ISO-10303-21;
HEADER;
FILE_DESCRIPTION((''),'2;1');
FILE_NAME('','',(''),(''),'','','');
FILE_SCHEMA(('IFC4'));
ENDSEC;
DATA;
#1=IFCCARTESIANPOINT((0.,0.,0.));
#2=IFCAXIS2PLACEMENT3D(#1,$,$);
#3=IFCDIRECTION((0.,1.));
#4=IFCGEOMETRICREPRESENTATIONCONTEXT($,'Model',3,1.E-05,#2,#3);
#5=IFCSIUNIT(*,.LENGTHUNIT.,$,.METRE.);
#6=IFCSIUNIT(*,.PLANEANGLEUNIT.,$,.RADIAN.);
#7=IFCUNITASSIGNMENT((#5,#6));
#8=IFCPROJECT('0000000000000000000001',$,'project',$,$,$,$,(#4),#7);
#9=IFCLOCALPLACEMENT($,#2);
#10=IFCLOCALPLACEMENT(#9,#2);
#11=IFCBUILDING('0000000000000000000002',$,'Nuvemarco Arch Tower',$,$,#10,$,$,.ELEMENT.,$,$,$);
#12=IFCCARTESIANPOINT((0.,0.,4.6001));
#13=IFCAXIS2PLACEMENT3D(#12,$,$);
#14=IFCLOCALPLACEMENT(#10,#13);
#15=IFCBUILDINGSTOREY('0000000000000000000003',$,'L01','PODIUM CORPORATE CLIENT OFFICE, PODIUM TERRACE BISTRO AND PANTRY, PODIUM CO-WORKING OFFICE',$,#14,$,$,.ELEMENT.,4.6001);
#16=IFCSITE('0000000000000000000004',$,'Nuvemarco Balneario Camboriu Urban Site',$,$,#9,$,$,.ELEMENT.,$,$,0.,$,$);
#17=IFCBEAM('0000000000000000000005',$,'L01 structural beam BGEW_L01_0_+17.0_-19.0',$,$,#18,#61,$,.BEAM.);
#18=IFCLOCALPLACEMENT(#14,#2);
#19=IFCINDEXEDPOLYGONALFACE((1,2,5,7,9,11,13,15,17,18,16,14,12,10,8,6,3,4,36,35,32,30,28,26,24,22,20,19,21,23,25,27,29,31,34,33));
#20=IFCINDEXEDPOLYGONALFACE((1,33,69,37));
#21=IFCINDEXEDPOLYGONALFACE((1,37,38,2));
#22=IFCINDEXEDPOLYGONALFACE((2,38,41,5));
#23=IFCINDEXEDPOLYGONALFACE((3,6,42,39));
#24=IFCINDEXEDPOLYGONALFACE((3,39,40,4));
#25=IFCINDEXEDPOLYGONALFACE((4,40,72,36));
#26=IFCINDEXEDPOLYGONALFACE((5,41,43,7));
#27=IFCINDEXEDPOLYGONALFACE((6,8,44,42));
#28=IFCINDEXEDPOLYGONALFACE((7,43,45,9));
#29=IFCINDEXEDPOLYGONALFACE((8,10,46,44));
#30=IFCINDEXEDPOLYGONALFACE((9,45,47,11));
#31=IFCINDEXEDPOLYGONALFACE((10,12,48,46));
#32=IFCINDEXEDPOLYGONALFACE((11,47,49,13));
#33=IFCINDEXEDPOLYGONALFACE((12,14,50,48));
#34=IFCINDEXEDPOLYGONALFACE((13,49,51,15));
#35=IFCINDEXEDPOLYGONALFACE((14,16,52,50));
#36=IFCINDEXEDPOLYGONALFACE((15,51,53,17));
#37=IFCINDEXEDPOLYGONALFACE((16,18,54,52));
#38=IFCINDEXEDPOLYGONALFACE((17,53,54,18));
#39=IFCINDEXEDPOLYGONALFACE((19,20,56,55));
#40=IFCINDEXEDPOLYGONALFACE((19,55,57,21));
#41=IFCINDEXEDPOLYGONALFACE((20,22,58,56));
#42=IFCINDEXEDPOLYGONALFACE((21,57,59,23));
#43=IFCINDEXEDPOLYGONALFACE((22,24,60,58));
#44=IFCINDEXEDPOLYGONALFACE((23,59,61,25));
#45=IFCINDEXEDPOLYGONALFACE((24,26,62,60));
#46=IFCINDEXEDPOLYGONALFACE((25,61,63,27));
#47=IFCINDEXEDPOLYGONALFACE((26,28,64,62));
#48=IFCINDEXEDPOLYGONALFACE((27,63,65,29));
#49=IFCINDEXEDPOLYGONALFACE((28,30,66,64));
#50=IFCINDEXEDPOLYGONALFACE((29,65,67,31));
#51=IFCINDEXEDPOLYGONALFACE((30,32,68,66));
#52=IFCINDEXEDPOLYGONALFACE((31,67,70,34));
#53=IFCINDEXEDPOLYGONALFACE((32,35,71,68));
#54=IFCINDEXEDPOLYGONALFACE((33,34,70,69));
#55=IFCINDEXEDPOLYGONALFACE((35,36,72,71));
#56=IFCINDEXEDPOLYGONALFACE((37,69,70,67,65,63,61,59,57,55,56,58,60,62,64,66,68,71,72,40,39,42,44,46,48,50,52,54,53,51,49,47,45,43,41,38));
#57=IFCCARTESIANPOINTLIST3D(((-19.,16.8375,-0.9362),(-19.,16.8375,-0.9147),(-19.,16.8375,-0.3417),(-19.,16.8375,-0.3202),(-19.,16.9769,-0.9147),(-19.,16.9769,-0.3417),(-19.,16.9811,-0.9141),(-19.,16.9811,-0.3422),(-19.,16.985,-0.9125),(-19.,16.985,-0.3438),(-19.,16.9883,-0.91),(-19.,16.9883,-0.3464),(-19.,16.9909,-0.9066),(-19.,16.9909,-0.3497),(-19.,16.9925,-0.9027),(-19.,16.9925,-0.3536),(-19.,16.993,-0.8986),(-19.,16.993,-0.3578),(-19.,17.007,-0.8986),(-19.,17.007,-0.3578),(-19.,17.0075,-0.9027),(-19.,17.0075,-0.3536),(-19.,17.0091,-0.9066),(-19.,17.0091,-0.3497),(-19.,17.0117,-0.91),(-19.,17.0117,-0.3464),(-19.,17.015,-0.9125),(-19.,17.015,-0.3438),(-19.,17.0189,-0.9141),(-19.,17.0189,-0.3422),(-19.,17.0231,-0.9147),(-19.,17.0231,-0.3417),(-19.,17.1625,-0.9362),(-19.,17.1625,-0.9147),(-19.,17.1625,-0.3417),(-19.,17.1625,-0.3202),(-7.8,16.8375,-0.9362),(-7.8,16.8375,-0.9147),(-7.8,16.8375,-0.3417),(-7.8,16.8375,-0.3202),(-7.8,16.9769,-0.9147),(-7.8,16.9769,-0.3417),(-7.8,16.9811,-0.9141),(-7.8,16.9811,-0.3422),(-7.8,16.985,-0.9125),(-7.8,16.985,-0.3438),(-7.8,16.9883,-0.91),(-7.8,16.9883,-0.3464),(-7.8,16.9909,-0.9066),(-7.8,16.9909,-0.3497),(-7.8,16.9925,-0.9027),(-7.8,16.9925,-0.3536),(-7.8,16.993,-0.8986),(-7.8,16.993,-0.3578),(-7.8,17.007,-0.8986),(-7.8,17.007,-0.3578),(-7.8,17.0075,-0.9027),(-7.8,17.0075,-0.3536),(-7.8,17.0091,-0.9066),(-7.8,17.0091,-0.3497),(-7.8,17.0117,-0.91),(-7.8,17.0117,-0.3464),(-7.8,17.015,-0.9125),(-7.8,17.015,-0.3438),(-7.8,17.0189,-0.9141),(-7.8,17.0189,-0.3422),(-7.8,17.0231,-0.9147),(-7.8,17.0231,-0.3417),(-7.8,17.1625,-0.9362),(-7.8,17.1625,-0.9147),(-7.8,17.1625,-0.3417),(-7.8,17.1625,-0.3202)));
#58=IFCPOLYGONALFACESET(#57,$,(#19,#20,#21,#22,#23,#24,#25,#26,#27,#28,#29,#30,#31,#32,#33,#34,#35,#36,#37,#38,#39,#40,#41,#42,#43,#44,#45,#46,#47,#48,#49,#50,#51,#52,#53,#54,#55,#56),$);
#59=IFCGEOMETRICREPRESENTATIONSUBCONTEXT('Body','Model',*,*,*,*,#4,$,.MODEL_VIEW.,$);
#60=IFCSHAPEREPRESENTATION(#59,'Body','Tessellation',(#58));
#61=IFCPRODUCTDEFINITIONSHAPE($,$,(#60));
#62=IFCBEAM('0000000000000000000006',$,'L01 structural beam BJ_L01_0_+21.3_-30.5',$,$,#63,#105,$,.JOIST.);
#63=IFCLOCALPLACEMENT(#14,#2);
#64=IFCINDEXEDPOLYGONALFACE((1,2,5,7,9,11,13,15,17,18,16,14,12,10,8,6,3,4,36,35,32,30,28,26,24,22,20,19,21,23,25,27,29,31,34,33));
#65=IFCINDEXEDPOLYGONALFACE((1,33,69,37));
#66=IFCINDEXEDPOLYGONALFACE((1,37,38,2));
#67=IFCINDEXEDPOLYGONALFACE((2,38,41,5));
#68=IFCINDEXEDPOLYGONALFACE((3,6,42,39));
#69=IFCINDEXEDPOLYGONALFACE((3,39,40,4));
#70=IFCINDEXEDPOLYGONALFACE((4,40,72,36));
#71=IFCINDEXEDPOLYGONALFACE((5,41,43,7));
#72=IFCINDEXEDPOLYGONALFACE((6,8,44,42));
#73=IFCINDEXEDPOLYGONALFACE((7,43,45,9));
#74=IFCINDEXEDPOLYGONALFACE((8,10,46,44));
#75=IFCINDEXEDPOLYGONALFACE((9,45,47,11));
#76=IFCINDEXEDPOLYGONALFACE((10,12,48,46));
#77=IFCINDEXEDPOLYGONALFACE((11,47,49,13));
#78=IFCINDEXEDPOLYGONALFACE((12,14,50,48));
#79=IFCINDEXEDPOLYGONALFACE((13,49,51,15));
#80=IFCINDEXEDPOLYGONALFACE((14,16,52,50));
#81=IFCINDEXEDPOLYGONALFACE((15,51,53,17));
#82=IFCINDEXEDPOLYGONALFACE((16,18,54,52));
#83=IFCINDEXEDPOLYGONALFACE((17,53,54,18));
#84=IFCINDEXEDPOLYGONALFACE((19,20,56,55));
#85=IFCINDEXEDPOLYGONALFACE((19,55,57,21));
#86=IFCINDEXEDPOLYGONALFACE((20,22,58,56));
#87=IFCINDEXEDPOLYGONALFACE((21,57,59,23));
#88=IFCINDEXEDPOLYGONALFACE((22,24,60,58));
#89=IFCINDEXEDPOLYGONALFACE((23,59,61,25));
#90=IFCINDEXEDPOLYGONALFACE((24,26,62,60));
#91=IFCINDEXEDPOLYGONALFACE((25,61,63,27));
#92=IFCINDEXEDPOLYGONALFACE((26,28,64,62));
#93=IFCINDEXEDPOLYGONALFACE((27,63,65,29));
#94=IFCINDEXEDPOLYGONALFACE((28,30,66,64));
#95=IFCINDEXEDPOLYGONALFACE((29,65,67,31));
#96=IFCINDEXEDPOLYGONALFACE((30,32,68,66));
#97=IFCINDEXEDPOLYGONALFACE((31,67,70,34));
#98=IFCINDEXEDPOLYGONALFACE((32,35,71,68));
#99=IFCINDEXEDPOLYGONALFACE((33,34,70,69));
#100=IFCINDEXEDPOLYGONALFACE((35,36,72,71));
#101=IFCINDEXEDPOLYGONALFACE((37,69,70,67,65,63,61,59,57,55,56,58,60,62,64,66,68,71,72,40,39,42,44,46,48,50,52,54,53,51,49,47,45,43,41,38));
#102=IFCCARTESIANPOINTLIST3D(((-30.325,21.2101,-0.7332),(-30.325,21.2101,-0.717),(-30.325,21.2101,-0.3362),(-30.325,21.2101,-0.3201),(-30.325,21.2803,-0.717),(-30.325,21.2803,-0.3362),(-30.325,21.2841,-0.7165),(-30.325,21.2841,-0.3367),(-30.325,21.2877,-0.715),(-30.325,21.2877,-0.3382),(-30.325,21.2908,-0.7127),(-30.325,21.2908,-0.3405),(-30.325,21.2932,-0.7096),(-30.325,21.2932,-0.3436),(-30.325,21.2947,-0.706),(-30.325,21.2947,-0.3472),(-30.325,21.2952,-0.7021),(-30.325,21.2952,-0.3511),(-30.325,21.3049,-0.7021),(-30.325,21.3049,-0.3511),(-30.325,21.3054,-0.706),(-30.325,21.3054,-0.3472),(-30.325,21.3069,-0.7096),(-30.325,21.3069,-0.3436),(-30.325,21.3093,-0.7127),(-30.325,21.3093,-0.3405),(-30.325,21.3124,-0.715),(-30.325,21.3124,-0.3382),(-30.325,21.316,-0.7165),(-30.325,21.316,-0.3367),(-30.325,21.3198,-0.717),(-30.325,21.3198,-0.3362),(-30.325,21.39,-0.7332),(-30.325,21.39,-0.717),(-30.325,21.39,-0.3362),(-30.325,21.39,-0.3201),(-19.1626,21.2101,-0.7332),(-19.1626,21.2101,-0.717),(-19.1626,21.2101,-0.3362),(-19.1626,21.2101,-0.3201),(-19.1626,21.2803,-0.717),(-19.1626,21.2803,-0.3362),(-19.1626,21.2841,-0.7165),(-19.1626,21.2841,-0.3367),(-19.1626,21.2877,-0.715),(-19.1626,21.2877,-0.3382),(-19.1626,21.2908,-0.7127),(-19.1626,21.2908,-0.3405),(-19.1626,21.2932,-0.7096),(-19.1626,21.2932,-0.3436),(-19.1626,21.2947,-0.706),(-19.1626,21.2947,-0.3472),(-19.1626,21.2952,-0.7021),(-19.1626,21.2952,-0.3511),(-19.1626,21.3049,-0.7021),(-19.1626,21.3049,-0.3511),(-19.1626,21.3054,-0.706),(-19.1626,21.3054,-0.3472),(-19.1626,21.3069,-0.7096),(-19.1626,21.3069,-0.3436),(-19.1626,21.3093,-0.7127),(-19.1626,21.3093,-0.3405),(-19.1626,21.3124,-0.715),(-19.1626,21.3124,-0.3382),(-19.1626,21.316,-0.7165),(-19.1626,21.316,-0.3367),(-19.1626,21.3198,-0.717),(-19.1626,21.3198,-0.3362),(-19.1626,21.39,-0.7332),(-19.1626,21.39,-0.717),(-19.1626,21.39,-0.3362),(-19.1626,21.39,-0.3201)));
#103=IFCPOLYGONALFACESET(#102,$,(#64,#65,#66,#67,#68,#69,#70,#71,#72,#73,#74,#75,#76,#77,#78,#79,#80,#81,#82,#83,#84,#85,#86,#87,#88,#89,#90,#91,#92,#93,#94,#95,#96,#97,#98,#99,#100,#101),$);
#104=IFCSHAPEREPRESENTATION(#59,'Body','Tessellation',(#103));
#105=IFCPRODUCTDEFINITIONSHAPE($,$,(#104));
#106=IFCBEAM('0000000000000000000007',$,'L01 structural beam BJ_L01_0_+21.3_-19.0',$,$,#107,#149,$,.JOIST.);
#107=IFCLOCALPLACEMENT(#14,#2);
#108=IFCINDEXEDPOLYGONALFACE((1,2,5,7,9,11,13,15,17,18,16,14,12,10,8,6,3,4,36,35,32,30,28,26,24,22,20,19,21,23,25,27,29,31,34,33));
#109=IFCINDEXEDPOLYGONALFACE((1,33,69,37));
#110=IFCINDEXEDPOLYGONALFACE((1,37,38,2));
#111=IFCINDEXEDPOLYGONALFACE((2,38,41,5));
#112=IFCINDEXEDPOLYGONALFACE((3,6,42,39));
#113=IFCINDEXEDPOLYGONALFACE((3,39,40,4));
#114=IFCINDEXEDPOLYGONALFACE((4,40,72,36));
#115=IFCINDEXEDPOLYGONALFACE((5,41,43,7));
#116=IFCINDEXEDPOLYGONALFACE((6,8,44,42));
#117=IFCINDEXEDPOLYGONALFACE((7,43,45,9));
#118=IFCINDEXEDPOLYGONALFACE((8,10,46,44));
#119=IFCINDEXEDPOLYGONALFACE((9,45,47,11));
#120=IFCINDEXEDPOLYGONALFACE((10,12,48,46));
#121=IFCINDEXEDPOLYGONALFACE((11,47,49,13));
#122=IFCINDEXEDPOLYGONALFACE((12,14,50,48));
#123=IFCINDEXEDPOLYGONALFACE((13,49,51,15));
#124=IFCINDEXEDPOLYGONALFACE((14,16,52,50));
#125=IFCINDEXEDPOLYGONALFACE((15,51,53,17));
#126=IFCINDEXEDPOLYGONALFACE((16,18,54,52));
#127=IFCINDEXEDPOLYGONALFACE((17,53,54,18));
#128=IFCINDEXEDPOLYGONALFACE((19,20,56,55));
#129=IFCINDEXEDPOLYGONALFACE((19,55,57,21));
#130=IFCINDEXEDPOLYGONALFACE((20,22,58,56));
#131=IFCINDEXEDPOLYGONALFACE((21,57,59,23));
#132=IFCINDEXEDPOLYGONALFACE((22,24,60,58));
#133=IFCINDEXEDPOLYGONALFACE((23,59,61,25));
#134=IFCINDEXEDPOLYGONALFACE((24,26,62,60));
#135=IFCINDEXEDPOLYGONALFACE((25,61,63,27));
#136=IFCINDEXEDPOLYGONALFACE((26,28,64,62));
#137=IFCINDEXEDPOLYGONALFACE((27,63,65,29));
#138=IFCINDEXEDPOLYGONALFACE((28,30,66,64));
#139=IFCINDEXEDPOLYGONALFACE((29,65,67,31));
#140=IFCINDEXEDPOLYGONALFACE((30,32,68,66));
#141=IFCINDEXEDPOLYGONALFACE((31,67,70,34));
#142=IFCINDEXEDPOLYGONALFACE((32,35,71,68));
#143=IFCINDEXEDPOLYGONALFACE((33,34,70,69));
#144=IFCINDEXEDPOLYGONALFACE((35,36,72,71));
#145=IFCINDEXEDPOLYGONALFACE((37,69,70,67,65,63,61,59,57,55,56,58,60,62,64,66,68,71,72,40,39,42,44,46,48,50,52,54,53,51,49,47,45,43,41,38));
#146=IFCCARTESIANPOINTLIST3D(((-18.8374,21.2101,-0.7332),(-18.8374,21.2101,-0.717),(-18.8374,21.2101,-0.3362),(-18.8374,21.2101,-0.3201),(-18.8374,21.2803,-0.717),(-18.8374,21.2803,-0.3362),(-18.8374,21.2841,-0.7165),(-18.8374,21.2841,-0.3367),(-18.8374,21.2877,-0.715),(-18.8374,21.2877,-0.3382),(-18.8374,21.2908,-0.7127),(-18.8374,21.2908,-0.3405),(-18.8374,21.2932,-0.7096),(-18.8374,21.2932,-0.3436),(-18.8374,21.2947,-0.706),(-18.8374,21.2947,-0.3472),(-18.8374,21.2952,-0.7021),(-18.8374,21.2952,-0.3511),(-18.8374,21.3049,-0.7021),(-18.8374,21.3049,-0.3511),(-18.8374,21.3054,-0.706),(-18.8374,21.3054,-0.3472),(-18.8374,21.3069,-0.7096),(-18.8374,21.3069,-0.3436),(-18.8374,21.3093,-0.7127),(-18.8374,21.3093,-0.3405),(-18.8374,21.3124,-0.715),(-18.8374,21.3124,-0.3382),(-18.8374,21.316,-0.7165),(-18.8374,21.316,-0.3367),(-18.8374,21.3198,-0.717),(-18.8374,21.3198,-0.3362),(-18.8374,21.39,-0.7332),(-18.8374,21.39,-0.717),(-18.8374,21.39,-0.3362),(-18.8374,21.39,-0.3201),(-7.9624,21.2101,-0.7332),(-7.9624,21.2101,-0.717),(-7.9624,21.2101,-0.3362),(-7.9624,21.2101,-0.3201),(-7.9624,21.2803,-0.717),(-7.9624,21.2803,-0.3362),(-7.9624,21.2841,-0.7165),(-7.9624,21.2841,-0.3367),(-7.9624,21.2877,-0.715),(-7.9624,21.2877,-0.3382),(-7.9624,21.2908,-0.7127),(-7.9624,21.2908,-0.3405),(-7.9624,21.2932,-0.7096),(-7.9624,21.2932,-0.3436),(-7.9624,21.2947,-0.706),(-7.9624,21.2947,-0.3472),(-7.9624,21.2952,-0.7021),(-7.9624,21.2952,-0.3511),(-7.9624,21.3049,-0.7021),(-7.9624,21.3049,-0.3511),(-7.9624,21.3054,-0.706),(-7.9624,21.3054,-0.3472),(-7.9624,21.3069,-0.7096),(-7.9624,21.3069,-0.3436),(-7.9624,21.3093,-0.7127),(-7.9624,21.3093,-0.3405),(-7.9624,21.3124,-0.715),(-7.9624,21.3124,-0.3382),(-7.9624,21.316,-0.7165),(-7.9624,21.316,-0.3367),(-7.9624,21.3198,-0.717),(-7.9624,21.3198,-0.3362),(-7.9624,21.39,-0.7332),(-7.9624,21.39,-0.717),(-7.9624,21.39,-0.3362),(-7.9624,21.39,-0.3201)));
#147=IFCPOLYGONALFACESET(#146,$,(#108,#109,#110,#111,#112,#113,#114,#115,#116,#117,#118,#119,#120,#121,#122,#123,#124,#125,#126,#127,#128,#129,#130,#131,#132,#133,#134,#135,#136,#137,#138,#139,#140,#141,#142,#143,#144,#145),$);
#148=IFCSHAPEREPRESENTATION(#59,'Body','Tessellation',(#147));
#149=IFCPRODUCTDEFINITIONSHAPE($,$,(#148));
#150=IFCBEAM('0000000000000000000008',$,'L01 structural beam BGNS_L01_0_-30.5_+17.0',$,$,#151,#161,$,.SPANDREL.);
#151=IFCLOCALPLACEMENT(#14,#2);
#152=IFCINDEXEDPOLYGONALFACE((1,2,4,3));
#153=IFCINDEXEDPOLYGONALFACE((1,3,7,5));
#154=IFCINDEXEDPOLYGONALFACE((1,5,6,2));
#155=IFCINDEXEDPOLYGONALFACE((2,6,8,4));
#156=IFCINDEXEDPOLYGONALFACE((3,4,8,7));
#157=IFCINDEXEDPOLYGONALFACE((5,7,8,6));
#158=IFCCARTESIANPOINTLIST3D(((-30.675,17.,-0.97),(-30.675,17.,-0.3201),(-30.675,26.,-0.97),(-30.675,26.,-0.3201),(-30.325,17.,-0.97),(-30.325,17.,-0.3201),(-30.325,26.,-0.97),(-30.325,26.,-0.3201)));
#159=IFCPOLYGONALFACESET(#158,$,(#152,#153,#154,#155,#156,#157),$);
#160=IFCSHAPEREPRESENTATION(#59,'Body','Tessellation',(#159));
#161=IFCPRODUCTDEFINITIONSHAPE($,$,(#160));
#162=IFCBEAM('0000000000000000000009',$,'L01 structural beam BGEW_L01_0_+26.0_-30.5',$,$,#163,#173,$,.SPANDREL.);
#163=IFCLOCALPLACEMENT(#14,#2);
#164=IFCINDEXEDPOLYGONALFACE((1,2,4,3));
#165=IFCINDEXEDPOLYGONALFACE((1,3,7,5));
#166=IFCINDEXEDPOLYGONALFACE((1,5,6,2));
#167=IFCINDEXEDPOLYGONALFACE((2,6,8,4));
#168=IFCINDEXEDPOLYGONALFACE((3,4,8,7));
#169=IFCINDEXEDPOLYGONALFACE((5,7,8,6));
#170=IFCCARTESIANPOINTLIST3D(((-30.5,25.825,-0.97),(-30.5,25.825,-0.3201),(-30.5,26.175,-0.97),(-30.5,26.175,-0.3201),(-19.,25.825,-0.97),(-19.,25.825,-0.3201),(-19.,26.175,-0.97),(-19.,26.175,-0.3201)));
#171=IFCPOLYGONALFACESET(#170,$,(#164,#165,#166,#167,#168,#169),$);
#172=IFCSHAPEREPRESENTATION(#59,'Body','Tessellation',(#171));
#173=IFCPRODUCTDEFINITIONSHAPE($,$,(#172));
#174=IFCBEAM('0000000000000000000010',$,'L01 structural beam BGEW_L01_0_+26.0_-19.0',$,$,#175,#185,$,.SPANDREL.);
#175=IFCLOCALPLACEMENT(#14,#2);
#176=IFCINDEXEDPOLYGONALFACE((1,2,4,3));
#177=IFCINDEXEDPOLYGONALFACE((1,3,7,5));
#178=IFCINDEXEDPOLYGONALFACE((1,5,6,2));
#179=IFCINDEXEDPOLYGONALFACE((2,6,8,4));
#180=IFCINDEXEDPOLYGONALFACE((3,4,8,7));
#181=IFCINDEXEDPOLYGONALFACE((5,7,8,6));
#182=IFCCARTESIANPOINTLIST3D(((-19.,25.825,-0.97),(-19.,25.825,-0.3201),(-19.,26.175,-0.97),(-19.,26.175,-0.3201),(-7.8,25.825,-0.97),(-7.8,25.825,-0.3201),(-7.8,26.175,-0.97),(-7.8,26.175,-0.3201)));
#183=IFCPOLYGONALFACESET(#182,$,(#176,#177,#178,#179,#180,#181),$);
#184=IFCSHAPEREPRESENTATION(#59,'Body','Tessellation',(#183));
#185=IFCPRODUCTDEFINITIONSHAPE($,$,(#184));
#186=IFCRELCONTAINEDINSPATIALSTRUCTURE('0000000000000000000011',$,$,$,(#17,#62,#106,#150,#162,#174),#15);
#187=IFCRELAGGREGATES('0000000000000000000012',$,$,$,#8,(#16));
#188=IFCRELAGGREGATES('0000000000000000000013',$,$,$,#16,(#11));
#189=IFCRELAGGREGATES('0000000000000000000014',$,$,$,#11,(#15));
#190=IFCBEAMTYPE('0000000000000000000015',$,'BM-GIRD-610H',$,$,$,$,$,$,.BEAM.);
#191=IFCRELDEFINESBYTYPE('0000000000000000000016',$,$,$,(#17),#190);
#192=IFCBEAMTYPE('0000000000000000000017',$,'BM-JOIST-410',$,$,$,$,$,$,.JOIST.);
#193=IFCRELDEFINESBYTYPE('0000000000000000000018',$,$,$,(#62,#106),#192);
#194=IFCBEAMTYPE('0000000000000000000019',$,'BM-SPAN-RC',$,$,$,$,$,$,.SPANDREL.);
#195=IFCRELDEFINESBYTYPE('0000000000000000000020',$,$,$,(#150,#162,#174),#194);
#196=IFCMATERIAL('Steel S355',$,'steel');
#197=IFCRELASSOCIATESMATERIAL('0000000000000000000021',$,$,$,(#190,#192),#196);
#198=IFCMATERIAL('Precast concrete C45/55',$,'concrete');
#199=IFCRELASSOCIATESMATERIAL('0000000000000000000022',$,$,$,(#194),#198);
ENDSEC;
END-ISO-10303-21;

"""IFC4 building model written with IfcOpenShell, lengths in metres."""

from ifc_helpers import new_model, si_unit, direction, frame, origin, origin_2d, place, context, subcontext, project, spatial, rectangle, i_section, extrude, material, material_profile, profile_set, type_object, element, save


model = new_model("IFC4")

# Units and contexts
model_context = context("Model", 3, precision=1e-05, world=origin(), true_north=direction((0.0, 1.0)))
body_context = subcontext(model_context, "Body", "Model", "MODEL_VIEW")
ifc_project = project(units=[si_unit("LENGTHUNIT", "METRE"), si_unit("PLANEANGLEUNIT", "RADIAN")], contexts=[model_context])

# Site, building, storey
site_placement = place(None, origin())
site = spatial("IfcSite", under=ifc_project, at=site_placement, Name="Nuvemarco Balneario Camboriu Urban Site", CompositionType="ELEMENT", RefElevation=0.0)
building_placement = place(site_placement, origin())
building = spatial("IfcBuilding", under=site, at=building_placement, Name="Nuvemarco Arch Tower", CompositionType="ELEMENT")
storey_placement = place(building_placement, frame((0.0, 0.0, 4.6001)))
storey = spatial("IfcBuildingStorey", under=building, at=storey_placement, Name="L01", Description="PODIUM CORPORATE CLIENT OFFICE, PODIUM TERRACE BISTRO AND PANTRY, PODIUM CO-WORKING OFFICE", CompositionType="ELEMENT", Elevation=4.6001)

# Beams
ifc_material_1 = material(Name="Steel S355", Category="steel")
ifc_material_profile_1 = material_profile(ifc_material_1, i_section(OverallWidth=0.325, OverallDepth=0.616, WebThickness=0.0139, FlangeThickness=0.0215, FilletRadius=0.0161, at=origin_2d()), Name="W610x174")
ifc_profile_set_1 = profile_set([ifc_material_profile_1], Name="Steel S355")
beam_type_1 = type_object("IfcBeamType", Name="BM-GIRD-610H", PredefinedType="BEAM", material=ifc_profile_set_1)
beam_1_placement = place(storey_placement, frame((-19.0, 17.0, -0.6282), z_axis=(1.0, 0.0, 0.0), x_axis=(0.0, 1.0, 0.0)))
element("IfcBeam", 1, at=beam_1_placement, inside=storey, type_object=beam_type_1, Name="L01 structural beam BGEW_L01_0_+17.0_-19.0", PredefinedType="BEAM", context=body_context, shape_type="SweptSolid", body=[
    extrude(i_section(OverallWidth=0.325, OverallDepth=0.616, WebThickness=0.0139, FlangeThickness=0.0215, FilletRadius=0.0161, at=origin_2d()), origin(), (0.0, 0.0, 1.0), 11.2),
])
ifc_material_profile_2 = material_profile(ifc_material_1, i_section(OverallWidth=0.1799, OverallDepth=0.4131, WebThickness=0.0098, FlangeThickness=0.0161, FilletRadius=0.0149, at=origin_2d()), Name="W410x75")
ifc_profile_set_2 = profile_set([ifc_material_profile_2], Name="Steel S355")
beam_type_2 = type_object("IfcBeamType", Name="BM-JOIST-410", PredefinedType="JOIST", material=ifc_profile_set_2)
beam_2_placement = place(storey_placement, frame((-30.325, 21.3, -0.5266), z_axis=(1.0, 0.0, 0.0), x_axis=(0.0, 1.0, 0.0)))
element("IfcBeam", 2, at=beam_2_placement, inside=storey, type_object=beam_type_2, Name="L01 structural beam BJ_L01_0_+21.3_-30.5", PredefinedType="JOIST", context=body_context, shape_type="SweptSolid", body=[
    extrude(i_section(OverallWidth=0.1799, OverallDepth=0.4131, WebThickness=0.0098, FlangeThickness=0.0161, FilletRadius=0.0149, at=origin_2d()), origin(), (0.0, 0.0, 1.0), 11.1624),
])
beam_3_placement = place(storey_placement, frame((-18.8374, 21.3, -0.5266), z_axis=(1.0, 0.0, 0.0), x_axis=(0.0, 1.0, 0.0)))
element("IfcBeam", 3, at=beam_3_placement, inside=storey, type_object=beam_type_2, Name="L01 structural beam BJ_L01_0_+21.3_-19.0", PredefinedType="JOIST", context=body_context, shape_type="SweptSolid", body=[
    extrude(i_section(OverallWidth=0.1799, OverallDepth=0.4131, WebThickness=0.0098, FlangeThickness=0.0161, FilletRadius=0.0149, at=origin_2d()), origin(), (0.0, 0.0, 1.0), 10.875),
])
ifc_material_2 = material(Name="Precast concrete C45/55", Category="concrete")
ifc_material_profile_3 = material_profile(ifc_material_2, rectangle(XDim=0.3501, YDim=0.6499, at=origin_2d()), Name="PC-SP-350x650")
ifc_profile_set_3 = profile_set([ifc_material_profile_3], Name="Precast concrete C45/55")
beam_type_3 = type_object("IfcBeamType", Name="BM-SPAN-RC", PredefinedType="SPANDREL", material=ifc_profile_set_3)
beam_4_placement = place(storey_placement, frame((-30.5, 17.0, -0.645), z_axis=(0.0, 1.0, 0.0), x_axis=(-1.0, 0.0, 0.0)))
element("IfcBeam", 4, at=beam_4_placement, inside=storey, type_object=beam_type_3, Name="L01 structural beam BGNS_L01_0_-30.5_+17.0", PredefinedType="SPANDREL", context=body_context, shape_type="SweptSolid", body=[
    extrude(rectangle(XDim=0.3501, YDim=0.6499, at=origin_2d()), origin(), (0.0, 0.0, 1.0), 9.0),
])
beam_5_placement = place(storey_placement, frame((-30.5, 26.0, -0.645), z_axis=(1.0, 0.0, 0.0), x_axis=(0.0, 1.0, 0.0)))
element("IfcBeam", 5, at=beam_5_placement, inside=storey, type_object=beam_type_3, Name="L01 structural beam BGEW_L01_0_+26.0_-30.5", PredefinedType="SPANDREL", context=body_context, shape_type="SweptSolid", body=[
    extrude(rectangle(XDim=0.3501, YDim=0.6499, at=origin_2d()), origin(), (0.0, 0.0, 1.0), 11.5),
])
beam_6_placement = place(storey_placement, frame((-19.0, 26.0, -0.645), z_axis=(1.0, 0.0, 0.0), x_axis=(0.0, 1.0, 0.0)))
element("IfcBeam", 6, at=beam_6_placement, inside=storey, type_object=beam_type_3, Name="L01 structural beam BGEW_L01_0_+26.0_-19.0", PredefinedType="SPANDREL", context=body_context, shape_type="SweptSolid", body=[
    extrude(rectangle(XDim=0.3501, YDim=0.6499, at=origin_2d()), origin(), (0.0, 0.0, 1.0), 11.2),
])

save(model, "model.ifc")
